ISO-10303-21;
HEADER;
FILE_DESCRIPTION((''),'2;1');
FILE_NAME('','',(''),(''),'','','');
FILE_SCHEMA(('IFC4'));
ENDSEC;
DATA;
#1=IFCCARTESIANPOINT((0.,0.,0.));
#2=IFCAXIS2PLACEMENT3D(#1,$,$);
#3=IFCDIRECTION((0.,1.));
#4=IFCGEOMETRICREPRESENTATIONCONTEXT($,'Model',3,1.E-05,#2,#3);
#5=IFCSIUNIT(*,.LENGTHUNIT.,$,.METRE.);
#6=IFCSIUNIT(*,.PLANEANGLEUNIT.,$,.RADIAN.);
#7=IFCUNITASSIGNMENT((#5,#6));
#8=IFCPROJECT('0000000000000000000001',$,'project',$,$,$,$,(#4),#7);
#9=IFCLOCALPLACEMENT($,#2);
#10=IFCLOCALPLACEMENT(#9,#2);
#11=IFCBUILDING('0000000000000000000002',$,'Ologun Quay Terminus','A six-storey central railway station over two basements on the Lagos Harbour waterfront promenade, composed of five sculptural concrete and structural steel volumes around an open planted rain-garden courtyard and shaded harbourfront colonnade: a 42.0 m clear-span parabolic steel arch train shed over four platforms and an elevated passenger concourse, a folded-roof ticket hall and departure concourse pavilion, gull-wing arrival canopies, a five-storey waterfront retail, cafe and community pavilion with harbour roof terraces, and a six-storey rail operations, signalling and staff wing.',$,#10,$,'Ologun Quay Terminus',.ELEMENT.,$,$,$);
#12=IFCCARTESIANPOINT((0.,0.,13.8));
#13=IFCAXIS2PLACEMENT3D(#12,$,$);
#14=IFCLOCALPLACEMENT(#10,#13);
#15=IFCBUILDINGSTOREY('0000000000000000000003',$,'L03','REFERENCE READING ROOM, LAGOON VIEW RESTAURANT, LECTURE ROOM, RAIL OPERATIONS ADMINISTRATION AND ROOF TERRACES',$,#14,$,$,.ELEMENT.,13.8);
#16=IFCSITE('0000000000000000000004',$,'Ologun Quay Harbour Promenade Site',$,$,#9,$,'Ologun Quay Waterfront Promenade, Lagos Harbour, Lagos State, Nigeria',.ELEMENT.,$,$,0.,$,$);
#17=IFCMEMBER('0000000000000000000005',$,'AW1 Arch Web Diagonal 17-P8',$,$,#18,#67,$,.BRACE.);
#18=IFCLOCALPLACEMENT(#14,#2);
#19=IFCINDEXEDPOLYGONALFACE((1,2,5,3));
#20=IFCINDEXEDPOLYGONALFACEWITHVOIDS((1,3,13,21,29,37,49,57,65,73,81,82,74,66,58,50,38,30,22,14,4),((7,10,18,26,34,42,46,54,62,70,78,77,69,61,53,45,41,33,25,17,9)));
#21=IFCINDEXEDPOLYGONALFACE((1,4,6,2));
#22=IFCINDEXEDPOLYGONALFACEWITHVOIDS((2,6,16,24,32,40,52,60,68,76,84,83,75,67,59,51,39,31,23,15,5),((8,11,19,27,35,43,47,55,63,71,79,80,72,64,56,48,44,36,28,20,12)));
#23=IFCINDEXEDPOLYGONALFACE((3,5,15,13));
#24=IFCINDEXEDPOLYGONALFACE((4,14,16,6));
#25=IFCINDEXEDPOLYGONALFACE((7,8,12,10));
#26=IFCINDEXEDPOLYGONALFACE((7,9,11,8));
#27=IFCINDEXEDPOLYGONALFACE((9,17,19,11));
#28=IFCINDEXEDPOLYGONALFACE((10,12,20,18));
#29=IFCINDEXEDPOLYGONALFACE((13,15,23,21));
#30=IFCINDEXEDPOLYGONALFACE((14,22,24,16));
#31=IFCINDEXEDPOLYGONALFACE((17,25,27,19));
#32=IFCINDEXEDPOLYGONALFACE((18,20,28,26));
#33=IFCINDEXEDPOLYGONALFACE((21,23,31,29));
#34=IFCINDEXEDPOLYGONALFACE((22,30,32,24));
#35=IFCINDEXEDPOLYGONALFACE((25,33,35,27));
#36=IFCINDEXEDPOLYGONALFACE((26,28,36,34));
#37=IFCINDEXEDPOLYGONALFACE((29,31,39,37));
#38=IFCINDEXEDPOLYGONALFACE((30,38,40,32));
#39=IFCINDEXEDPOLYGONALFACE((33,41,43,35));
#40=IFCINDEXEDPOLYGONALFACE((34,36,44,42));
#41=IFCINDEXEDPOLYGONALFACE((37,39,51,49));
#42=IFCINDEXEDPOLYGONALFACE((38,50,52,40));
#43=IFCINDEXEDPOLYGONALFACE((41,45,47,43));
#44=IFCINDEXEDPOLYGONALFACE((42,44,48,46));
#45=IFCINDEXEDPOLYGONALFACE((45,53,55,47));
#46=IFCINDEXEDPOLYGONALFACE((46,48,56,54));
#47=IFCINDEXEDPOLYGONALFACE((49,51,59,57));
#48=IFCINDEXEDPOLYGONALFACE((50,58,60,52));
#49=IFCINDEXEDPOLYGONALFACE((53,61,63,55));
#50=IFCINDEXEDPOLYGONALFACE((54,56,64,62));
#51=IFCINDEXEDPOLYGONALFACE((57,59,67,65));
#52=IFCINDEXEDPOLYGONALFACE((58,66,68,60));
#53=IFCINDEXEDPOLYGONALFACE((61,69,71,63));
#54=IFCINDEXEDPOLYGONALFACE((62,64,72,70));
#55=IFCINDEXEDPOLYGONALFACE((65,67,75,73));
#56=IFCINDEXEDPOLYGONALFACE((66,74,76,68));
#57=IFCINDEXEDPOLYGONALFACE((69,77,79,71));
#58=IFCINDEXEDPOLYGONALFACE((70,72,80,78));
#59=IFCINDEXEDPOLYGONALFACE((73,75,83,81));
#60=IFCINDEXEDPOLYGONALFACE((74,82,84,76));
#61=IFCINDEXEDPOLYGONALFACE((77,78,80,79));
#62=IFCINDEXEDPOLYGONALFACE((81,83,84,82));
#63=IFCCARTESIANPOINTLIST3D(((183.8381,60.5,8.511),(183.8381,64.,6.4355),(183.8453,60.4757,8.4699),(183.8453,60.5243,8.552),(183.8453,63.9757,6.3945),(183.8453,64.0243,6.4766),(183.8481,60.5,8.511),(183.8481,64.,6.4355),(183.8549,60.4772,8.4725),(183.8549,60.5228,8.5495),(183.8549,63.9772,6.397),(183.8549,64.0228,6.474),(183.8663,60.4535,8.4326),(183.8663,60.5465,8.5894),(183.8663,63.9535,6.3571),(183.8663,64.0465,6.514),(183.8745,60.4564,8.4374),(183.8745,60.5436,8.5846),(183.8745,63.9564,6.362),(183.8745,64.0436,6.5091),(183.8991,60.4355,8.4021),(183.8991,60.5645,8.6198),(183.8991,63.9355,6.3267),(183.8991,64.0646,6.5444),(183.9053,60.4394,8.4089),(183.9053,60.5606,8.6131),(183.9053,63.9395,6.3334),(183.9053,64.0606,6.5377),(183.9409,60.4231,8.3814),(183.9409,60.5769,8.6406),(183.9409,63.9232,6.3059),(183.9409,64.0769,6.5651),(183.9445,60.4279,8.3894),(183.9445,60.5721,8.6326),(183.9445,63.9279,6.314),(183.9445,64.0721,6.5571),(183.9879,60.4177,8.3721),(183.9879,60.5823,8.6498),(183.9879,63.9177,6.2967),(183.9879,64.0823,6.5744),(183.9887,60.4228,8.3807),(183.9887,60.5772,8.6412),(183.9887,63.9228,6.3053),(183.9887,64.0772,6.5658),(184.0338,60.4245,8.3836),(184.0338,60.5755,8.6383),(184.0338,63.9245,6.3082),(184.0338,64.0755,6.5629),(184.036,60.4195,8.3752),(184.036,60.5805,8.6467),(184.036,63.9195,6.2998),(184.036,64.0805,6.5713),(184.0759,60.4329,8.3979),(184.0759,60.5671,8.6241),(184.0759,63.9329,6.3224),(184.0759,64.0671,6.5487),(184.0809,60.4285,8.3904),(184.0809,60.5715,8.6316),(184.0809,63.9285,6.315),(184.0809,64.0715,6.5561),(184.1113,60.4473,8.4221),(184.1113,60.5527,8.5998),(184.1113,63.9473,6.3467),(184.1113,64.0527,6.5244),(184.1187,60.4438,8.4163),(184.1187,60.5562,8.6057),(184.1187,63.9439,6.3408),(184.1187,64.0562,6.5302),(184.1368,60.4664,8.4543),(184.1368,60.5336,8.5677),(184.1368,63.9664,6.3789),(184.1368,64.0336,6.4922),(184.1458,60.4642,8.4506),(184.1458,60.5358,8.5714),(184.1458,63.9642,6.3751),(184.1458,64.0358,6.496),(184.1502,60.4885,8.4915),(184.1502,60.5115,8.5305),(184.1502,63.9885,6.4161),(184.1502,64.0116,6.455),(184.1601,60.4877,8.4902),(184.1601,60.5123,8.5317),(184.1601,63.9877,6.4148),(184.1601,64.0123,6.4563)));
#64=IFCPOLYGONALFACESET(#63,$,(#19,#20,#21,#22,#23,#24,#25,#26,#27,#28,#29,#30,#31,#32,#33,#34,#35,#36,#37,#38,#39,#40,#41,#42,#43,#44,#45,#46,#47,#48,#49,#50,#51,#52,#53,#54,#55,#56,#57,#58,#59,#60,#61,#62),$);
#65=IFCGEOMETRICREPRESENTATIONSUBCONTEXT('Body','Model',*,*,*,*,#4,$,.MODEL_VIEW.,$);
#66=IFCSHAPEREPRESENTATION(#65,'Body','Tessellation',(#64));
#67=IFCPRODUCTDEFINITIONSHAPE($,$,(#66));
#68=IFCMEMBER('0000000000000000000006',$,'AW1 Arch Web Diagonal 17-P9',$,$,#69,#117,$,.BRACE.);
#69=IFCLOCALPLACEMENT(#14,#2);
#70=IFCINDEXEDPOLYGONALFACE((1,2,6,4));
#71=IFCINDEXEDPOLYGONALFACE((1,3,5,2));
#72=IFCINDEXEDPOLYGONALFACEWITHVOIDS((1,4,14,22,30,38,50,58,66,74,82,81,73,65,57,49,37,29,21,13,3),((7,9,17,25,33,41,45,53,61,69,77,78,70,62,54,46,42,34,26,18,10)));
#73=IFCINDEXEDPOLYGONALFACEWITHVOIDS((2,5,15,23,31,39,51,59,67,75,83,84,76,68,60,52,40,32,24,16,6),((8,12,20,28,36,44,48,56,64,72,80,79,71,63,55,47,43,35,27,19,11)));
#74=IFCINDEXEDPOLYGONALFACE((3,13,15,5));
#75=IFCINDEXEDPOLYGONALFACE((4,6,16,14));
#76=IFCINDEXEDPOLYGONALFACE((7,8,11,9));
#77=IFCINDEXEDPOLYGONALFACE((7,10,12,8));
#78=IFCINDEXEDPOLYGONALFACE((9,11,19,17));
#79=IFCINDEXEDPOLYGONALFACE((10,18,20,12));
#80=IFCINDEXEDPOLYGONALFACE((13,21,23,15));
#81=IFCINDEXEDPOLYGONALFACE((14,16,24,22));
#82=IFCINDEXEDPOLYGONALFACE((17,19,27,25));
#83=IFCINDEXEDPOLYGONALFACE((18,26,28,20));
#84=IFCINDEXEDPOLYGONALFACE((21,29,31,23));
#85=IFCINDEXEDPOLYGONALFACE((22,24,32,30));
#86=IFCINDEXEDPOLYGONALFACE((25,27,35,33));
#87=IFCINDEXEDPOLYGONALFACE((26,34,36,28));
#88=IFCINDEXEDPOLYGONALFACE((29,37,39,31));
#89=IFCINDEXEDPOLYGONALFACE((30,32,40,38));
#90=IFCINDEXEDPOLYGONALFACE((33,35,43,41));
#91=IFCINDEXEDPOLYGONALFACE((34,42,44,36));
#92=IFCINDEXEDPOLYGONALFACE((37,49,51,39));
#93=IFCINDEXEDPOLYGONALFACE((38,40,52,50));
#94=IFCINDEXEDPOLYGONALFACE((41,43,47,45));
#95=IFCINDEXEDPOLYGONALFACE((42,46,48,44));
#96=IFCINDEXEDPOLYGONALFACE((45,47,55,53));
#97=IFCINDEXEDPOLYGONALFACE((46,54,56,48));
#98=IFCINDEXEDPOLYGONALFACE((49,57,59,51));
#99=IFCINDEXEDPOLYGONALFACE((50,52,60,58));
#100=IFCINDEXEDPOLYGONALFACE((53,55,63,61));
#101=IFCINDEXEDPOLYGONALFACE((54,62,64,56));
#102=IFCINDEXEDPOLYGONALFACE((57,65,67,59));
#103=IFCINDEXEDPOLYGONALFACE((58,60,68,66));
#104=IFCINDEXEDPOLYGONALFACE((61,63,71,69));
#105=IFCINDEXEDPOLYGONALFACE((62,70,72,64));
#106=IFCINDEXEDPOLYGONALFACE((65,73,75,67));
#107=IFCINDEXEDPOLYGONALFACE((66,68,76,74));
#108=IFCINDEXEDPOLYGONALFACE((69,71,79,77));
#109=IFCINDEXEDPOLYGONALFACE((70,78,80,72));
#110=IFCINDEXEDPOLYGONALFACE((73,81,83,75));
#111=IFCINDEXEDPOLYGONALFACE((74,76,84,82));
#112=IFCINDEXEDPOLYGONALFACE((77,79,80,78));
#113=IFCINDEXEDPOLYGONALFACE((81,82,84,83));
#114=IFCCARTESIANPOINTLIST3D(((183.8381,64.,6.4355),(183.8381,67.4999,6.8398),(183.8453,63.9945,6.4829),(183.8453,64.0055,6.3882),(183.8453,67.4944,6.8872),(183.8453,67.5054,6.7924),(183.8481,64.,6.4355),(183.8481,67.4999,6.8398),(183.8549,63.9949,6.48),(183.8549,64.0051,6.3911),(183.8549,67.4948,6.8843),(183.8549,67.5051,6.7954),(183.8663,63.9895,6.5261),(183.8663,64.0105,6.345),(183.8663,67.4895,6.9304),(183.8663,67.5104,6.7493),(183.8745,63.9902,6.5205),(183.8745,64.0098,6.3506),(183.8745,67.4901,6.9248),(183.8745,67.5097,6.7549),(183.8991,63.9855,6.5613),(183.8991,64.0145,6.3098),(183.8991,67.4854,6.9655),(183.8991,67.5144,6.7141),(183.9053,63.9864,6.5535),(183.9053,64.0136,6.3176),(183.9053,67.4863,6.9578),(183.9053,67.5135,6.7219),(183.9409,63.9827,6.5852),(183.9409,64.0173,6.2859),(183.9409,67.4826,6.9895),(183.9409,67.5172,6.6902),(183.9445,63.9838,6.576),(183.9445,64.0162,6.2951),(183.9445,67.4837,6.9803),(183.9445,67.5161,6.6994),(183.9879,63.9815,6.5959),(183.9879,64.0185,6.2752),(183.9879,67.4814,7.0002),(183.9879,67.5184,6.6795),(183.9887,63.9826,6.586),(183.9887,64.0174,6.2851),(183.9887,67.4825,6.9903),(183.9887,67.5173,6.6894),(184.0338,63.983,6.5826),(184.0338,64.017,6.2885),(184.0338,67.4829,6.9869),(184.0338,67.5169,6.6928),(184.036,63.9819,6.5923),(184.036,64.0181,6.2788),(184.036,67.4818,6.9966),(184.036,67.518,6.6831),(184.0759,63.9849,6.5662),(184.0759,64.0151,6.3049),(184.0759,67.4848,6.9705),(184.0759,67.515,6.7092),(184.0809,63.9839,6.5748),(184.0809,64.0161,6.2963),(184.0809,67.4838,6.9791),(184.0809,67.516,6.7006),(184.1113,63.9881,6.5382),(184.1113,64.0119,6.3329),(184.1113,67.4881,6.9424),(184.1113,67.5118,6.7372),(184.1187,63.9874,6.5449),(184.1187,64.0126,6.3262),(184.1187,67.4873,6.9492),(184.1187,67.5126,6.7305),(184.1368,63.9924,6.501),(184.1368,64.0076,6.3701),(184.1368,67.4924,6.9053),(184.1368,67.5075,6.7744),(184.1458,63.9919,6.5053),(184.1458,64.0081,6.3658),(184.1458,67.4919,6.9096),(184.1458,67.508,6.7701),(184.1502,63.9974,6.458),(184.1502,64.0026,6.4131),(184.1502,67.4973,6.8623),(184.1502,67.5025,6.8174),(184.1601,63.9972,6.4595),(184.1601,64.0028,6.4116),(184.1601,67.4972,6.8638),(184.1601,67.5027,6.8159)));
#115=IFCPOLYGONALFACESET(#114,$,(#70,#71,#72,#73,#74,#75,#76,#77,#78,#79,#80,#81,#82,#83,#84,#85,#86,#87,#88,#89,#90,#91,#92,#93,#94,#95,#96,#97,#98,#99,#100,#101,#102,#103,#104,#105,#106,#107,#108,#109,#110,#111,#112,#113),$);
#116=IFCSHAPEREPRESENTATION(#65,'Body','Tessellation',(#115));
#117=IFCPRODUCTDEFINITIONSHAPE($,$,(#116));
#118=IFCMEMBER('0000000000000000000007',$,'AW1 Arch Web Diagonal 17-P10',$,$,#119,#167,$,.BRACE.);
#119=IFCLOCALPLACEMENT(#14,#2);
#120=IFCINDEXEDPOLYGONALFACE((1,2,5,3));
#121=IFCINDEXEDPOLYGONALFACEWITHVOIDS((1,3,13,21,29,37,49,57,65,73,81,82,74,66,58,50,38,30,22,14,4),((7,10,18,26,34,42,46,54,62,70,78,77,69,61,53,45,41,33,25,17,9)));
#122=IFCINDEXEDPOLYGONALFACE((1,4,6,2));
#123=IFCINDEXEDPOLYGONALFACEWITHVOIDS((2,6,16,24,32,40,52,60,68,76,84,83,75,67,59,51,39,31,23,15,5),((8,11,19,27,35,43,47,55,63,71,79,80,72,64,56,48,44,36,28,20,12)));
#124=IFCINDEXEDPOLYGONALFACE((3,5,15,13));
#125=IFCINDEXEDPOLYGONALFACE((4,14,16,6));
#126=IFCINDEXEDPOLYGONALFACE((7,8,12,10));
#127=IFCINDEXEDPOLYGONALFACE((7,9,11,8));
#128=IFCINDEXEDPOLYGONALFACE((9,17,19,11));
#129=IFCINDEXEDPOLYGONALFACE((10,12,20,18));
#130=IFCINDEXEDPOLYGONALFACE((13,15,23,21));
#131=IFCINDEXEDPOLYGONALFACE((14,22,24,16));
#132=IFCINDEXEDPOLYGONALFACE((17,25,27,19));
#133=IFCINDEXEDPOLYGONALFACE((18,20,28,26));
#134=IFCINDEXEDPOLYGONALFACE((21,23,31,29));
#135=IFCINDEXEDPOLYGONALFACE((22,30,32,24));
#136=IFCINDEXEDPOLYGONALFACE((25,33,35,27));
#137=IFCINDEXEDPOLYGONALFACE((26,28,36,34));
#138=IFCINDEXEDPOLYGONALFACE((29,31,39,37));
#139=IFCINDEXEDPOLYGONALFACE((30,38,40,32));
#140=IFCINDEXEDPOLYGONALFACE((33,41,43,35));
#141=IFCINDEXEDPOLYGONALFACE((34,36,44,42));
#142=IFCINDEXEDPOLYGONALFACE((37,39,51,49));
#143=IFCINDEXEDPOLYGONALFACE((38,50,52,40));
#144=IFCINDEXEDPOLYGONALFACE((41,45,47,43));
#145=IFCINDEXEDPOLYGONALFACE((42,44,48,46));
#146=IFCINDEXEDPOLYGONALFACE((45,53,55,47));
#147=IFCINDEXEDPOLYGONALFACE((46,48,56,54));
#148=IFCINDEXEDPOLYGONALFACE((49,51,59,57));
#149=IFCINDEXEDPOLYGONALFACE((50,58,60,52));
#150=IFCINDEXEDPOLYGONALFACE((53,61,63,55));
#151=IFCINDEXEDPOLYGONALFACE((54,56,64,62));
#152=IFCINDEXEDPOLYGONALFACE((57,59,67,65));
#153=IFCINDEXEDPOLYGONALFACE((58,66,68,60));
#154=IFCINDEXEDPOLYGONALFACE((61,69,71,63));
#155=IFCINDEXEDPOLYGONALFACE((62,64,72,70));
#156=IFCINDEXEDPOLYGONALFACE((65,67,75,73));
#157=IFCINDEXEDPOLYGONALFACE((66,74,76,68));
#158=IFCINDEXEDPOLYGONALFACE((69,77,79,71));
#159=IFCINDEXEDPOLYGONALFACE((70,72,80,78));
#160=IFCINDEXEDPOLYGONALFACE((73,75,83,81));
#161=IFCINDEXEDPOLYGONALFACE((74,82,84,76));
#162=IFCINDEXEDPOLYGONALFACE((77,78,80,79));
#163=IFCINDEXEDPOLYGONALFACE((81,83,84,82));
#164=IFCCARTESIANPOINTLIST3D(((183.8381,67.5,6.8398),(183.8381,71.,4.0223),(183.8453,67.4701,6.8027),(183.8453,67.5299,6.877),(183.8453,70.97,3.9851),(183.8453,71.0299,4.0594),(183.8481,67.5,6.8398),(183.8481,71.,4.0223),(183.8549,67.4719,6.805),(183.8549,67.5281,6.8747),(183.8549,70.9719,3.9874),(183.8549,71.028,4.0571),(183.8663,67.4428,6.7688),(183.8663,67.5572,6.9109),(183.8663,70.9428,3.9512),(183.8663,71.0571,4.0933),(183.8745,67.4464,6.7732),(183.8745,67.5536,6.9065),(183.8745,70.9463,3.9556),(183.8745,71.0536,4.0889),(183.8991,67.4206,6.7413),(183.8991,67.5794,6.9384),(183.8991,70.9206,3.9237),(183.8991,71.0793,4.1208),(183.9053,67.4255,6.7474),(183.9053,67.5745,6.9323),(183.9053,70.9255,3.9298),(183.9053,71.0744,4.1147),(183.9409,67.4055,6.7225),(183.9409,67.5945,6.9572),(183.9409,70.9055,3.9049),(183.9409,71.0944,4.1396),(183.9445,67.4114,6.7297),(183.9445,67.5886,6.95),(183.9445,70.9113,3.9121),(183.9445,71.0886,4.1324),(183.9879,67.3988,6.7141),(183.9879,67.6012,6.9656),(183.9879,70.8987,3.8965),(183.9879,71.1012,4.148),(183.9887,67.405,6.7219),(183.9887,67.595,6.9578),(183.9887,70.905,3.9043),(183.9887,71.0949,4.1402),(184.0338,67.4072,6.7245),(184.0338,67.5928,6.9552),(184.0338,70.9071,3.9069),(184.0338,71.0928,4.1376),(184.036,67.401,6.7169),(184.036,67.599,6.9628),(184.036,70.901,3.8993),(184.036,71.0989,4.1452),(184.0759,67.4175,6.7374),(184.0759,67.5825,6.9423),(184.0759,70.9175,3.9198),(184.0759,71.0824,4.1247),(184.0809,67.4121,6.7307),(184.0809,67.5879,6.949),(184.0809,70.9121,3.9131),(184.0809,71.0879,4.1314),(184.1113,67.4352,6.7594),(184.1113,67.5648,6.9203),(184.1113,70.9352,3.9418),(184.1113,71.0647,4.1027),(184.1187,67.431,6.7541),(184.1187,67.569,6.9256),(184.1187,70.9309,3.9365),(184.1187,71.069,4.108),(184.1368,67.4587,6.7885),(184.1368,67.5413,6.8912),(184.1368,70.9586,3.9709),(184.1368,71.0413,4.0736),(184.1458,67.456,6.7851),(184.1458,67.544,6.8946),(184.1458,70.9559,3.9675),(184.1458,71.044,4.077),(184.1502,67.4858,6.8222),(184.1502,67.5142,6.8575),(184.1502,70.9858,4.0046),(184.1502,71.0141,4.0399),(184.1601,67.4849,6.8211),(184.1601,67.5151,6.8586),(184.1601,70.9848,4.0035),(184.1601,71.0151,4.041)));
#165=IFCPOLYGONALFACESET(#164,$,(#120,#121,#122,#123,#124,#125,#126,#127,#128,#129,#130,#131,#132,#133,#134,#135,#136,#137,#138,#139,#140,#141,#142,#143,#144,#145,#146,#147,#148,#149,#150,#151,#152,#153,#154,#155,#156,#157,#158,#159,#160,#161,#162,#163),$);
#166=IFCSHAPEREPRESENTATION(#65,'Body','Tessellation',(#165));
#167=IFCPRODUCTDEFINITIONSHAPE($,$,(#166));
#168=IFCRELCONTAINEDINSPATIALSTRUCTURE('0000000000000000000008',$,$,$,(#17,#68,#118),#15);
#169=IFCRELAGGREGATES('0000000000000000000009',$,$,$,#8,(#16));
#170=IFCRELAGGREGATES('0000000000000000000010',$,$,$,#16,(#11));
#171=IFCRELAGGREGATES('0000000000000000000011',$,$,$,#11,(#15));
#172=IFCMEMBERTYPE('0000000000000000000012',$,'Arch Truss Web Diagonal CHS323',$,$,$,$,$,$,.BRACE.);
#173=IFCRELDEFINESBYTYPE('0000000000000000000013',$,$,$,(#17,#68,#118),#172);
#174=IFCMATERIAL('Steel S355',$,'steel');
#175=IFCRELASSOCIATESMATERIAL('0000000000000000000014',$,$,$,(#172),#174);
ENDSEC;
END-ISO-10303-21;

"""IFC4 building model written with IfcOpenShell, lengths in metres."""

from ifc_helpers import new_model, si_unit, direction, frame, origin, origin_2d, place, context, subcontext, project, spatial, hollow_circle, extrude, material, material_profile, profile_set, type_object, element, save


model = new_model("IFC4")

# Units and contexts
model_context = context("Model", 3, precision=1e-05, world=origin(), true_north=direction((0.0, 1.0)))
body_context = subcontext(model_context, "Body", "Model", "MODEL_VIEW")
ifc_project = project(units=[si_unit("LENGTHUNIT", "METRE"), si_unit("PLANEANGLEUNIT", "RADIAN")], contexts=[model_context])

# Site, building, storey
site_placement = place(None, origin())
site = spatial("IfcSite", under=ifc_project, at=site_placement, Name="Ologun Quay Harbour Promenade Site", LongName="Ologun Quay Waterfront Promenade, Lagos Harbour, Lagos State, Nigeria", CompositionType="ELEMENT", RefElevation=0.0)
building_placement = place(site_placement, origin())
building = spatial("IfcBuilding", under=site, at=building_placement, Name="Ologun Quay Terminus", Description="A six-storey central railway station over two basements on the Lagos Harbour waterfront promenade, composed of five sculptural concrete and structural steel volumes around an open planted rain-garden courtyard and shaded harbourfront colonnade: a 42.0 m clear-span parabolic steel arch train shed over four platforms and an elevated passenger concourse, a folded-roof ticket hall and departure concourse pavilion, gull-wing arrival canopies, a five-storey waterfront retail, cafe and community pavilion with harbour roof terraces, and a six-storey rail operations, signalling and staff wing.", LongName="Ologun Quay Terminus", CompositionType="ELEMENT")
storey_placement = place(building_placement, frame((0.0, 0.0, 13.8)))
storey = spatial("IfcBuildingStorey", under=building, at=storey_placement, Name="L03", Description="REFERENCE READING ROOM, LAGOON VIEW RESTAURANT, LECTURE ROOM, RAIL OPERATIONS ADMINISTRATION AND ROOF TERRACES", CompositionType="ELEMENT", Elevation=13.8)

# Members
ifc_material_1 = material(Name="Steel S355", Category="steel")
ifc_material_profile_1 = material_profile(ifc_material_1, hollow_circle(Radius=0.1619, WallThickness=0.01, at=origin_2d()), Name="CHS 323.9x10")
ifc_profile_set_1 = profile_set([ifc_material_profile_1], Name="Steel S355")
member_type_1 = type_object("IfcMemberType", Name="Arch Truss Web Diagonal CHS323", PredefinedType="BRACE", material=ifc_profile_set_1)
member_1_placement = place(storey_placement, frame((184.0, 60.5, 8.511), z_axis=(0.0, 0.860144, -0.510051), x_axis=(-1.0, 0.0, 0.0)))
element("IfcMember", 1, at=member_1_placement, inside=storey, type_object=member_type_1, Name="AW1 Arch Web Diagonal 17-P8", PredefinedType="BRACE", context=body_context, shape_type="SweptSolid", body=[
    extrude(hollow_circle(Radius=0.1619, WallThickness=0.01, at=origin_2d()), origin(), (0.0, 0.0, 1.0), 4.0691),
])
member_2_placement = place(storey_placement, frame((184.0, 64.0, 6.4355), z_axis=(0.0, 0.993394, 0.11475), x_axis=(-1.0, 0.0, 0.0)))
element("IfcMember", 2, at=member_2_placement, inside=storey, type_object=member_type_1, Name="AW1 Arch Web Diagonal 17-P9", PredefinedType="BRACE", context=body_context, shape_type="SweptSolid", body=[
    extrude(hollow_circle(Radius=0.1619, WallThickness=0.01, at=origin_2d()), origin(), (0.0, 0.0, 1.0), 3.5232),
])
member_3_placement = place(storey_placement, frame((184.0, 67.5, 6.8398), z_axis=(0.0, 0.778951, -0.627084), x_axis=(-1.0, 0.0, 0.0)))
element("IfcMember", 3, at=member_3_placement, inside=storey, type_object=member_type_1, Name="AW1 Arch Web Diagonal 17-P10", PredefinedType="BRACE", context=body_context, shape_type="SweptSolid", body=[
    extrude(hollow_circle(Radius=0.1619, WallThickness=0.01, at=origin_2d()), origin(), (0.0, 0.0, 1.0), 4.4932),
])

save(model, "model.ifc")
